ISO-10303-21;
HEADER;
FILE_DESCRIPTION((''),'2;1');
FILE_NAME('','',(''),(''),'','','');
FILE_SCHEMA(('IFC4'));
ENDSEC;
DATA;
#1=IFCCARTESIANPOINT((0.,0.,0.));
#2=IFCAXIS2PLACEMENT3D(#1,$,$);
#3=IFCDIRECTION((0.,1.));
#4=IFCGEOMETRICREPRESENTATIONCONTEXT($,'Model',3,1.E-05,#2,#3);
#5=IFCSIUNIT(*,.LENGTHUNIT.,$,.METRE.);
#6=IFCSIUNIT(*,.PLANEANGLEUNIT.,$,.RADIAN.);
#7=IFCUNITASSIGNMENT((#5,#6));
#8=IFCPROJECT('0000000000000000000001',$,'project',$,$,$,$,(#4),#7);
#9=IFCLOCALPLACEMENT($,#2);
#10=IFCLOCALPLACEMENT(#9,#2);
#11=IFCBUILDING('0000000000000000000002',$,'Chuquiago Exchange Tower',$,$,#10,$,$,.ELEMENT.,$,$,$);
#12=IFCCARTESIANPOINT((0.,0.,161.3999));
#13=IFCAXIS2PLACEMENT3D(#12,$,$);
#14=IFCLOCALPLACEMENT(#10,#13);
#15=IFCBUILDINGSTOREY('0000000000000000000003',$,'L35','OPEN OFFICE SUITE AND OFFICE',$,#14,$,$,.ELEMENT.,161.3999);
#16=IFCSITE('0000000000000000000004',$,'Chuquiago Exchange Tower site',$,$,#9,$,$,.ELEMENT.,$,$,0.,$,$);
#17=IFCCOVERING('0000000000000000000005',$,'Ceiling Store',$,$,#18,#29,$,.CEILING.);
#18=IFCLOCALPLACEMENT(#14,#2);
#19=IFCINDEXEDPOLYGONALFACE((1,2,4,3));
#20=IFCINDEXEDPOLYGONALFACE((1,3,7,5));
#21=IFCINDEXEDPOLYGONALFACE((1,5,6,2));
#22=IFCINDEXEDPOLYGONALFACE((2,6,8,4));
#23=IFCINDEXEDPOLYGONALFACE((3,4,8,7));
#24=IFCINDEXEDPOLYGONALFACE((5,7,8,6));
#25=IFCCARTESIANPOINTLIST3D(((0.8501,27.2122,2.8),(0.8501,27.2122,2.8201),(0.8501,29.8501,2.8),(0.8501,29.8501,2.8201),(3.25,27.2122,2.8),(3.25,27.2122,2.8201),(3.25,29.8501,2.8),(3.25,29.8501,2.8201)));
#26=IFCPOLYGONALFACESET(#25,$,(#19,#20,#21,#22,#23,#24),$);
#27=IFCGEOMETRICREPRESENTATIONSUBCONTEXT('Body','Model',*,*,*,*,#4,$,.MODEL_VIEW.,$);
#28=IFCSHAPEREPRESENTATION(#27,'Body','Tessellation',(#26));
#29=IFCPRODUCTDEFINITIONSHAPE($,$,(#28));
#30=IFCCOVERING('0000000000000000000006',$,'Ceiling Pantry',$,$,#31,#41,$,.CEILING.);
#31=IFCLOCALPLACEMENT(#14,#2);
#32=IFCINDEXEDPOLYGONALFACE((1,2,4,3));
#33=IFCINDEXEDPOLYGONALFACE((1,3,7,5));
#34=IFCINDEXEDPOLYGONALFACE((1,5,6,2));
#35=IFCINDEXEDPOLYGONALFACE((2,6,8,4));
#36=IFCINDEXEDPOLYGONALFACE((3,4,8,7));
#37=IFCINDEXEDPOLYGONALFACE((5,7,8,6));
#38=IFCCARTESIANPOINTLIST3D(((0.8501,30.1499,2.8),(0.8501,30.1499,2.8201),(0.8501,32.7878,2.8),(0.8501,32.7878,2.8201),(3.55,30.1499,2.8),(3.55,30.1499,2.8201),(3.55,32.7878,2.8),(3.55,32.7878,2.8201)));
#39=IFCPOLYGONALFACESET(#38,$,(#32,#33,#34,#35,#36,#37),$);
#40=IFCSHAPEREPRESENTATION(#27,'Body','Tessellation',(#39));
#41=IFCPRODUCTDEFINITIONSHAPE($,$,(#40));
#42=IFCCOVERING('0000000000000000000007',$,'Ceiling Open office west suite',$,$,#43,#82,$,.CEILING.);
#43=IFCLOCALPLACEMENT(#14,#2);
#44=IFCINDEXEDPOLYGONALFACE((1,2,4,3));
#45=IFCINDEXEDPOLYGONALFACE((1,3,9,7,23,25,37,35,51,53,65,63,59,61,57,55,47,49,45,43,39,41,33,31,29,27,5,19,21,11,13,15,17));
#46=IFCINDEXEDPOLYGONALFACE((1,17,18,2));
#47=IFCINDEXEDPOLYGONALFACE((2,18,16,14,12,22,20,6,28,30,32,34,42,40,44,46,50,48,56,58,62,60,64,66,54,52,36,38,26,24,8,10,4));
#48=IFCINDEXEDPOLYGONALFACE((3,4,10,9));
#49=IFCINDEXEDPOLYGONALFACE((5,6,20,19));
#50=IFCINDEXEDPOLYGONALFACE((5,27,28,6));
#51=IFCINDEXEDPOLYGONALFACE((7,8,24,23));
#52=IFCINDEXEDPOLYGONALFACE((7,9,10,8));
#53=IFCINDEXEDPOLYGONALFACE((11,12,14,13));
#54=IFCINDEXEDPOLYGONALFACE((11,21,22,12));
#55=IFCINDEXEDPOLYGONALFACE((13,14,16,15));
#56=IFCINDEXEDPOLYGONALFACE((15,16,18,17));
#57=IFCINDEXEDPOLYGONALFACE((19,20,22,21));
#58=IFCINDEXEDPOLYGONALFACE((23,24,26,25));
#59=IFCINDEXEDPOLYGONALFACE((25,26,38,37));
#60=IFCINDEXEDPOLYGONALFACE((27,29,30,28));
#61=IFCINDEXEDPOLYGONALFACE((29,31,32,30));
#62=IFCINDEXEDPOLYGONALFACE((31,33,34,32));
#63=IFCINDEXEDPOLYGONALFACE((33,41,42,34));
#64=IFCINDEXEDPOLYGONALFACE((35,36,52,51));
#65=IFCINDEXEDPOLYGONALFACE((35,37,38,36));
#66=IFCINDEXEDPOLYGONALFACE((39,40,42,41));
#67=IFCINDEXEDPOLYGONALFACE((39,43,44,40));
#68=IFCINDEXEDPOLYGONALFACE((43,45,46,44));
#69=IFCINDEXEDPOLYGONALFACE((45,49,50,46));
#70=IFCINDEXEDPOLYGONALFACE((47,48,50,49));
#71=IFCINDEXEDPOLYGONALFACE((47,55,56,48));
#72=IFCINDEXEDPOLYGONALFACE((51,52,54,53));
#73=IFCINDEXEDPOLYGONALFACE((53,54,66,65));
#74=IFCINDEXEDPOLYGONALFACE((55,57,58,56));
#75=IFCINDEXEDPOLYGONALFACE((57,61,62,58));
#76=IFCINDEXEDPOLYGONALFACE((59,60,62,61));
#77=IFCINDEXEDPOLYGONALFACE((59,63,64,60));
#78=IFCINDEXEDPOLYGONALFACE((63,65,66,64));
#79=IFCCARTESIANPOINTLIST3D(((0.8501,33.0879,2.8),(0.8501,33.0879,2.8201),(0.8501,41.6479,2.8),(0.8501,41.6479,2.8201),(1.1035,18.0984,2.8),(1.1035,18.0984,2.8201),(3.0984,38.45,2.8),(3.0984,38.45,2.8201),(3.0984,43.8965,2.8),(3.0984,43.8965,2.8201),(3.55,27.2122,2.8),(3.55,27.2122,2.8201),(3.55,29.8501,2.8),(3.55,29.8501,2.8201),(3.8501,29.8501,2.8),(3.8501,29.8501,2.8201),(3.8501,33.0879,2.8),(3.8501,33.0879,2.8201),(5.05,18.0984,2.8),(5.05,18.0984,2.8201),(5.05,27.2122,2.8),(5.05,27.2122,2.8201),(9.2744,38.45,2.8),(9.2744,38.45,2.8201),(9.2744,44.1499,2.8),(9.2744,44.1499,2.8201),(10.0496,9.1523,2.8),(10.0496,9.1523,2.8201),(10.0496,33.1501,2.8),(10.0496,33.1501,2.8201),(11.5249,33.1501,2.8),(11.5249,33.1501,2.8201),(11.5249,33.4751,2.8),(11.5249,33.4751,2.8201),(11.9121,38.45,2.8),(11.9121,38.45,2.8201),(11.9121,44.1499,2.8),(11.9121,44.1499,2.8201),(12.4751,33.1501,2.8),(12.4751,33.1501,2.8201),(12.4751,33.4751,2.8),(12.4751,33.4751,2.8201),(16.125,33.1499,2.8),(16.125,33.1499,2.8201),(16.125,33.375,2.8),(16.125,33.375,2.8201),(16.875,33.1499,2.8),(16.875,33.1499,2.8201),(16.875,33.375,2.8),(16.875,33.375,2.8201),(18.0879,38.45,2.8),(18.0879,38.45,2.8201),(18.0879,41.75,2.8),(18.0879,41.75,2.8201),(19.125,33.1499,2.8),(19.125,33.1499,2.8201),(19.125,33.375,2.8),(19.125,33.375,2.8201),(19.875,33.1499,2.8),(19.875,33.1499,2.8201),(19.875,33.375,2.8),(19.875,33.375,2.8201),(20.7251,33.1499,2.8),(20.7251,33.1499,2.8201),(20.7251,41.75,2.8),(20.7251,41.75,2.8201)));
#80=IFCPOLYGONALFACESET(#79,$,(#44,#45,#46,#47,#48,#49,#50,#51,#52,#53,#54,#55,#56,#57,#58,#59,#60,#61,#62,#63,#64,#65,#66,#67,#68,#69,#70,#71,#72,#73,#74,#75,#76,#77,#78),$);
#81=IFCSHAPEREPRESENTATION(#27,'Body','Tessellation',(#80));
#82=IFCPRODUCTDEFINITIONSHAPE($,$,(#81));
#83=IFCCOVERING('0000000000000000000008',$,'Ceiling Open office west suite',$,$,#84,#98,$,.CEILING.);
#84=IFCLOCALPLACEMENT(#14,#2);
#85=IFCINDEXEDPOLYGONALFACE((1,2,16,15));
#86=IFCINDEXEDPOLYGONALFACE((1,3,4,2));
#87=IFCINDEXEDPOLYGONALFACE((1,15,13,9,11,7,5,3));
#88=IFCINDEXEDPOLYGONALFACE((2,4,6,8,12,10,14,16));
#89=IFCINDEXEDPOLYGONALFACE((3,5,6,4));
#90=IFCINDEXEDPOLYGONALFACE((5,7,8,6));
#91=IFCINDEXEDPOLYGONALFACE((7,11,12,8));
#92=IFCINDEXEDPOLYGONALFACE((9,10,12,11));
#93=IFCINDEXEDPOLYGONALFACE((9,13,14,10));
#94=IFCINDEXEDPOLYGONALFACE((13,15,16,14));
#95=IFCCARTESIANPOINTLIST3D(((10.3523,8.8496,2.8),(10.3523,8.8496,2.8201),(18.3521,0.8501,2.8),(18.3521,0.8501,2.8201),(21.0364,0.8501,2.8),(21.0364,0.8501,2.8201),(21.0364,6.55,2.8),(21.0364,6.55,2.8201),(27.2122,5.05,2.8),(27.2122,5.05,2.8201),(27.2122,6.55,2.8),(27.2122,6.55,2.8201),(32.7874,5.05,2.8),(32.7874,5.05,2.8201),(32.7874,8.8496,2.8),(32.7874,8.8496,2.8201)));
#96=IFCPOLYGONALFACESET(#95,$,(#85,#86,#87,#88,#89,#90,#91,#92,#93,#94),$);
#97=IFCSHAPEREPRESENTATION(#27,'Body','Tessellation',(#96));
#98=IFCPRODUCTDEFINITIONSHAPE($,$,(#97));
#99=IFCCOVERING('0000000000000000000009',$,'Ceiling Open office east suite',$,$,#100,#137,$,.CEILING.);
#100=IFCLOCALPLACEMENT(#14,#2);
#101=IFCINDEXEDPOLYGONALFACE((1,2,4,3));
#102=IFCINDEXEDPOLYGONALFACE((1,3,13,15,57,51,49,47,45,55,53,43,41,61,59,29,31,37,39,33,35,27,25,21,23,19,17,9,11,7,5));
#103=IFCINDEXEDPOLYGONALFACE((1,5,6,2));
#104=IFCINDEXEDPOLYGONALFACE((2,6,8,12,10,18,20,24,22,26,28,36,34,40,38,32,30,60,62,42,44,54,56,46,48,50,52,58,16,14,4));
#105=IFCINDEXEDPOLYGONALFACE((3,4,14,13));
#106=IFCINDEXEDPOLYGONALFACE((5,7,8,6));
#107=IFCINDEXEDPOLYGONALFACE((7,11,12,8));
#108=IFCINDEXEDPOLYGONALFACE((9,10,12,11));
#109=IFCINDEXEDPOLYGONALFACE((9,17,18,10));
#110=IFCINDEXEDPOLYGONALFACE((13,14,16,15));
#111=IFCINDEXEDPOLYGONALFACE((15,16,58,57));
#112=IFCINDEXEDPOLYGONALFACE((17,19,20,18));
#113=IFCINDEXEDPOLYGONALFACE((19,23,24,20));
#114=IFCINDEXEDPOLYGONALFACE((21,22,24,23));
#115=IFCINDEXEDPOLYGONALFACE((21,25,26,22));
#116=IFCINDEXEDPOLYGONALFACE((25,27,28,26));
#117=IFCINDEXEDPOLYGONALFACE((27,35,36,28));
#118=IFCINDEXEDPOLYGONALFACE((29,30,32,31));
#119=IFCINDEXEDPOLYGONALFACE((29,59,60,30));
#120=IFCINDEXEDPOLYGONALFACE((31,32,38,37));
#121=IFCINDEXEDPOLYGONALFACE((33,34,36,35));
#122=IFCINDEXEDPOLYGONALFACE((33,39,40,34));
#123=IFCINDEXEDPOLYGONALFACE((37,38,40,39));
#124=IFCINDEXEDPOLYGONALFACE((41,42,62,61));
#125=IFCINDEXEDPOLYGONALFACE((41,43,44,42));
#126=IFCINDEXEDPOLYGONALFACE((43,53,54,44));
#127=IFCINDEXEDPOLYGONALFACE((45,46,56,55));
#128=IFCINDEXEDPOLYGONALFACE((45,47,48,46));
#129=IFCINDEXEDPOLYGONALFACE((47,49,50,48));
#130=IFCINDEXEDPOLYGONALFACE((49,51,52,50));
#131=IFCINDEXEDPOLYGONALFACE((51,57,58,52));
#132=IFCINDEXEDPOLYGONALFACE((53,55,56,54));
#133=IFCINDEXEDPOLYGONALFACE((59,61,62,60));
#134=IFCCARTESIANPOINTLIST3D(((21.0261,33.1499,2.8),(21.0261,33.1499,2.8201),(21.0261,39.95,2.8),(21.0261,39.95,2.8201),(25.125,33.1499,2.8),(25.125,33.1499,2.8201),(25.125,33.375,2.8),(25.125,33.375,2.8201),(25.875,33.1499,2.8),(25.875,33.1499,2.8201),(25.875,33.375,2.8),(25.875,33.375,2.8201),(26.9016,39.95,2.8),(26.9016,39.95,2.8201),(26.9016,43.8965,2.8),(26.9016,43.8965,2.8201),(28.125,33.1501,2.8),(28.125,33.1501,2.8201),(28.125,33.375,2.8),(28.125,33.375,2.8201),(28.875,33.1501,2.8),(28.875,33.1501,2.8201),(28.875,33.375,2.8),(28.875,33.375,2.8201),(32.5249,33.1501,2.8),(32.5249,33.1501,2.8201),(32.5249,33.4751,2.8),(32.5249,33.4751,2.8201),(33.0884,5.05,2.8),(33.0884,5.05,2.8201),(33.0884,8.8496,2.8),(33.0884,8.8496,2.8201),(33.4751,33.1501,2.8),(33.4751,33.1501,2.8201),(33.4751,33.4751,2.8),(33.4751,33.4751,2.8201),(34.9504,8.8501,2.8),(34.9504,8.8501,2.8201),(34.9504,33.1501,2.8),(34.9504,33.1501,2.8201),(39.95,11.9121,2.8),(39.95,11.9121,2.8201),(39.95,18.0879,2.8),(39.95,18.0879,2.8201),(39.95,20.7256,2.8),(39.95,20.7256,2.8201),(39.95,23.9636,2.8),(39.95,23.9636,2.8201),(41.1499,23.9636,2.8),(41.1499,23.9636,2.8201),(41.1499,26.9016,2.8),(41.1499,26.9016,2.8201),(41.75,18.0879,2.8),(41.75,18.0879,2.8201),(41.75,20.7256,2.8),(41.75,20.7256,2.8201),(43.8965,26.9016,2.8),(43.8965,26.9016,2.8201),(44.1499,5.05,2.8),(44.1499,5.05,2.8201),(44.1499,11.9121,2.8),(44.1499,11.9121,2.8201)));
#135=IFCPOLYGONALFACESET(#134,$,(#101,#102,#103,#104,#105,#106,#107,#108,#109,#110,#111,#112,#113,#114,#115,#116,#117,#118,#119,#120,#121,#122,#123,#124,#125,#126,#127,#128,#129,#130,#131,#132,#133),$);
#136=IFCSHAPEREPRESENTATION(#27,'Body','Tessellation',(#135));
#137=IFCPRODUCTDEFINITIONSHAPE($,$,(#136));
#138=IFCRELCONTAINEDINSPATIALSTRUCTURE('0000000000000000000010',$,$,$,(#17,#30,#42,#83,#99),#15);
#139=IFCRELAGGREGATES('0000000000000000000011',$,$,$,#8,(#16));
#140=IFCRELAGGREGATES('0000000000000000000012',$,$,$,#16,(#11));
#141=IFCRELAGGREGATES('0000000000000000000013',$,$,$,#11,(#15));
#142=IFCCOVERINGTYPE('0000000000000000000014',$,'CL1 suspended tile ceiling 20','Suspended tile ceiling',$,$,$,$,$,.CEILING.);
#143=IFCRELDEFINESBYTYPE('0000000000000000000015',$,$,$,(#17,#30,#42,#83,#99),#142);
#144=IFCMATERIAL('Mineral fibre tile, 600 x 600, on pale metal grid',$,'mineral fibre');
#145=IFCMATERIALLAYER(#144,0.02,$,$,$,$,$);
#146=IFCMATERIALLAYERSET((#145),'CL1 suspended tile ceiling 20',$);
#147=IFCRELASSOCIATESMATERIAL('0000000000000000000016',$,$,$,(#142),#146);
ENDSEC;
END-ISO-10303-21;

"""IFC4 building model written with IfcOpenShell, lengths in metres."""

from ifc_helpers import new_model, si_unit, direction, frame, origin, place, context, subcontext, project, spatial, polyline, outline, extrude, material, layer, layer_set, type_object, element, save


model = new_model("IFC4")

# Units and contexts
model_context = context("Model", 3, precision=1e-05, world=origin(), true_north=direction((0.0, 1.0)))
body_context = subcontext(model_context, "Body", "Model", "MODEL_VIEW")
ifc_project = project(units=[si_unit("LENGTHUNIT", "METRE"), si_unit("PLANEANGLEUNIT", "RADIAN")], contexts=[model_context])

# Site, building, storey
site_placement = place(None, origin())
site = spatial("IfcSite", under=ifc_project, at=site_placement, Name="Chuquiago Exchange Tower site", CompositionType="ELEMENT", RefElevation=0.0)
building_placement = place(site_placement, origin())
building = spatial("IfcBuilding", under=site, at=building_placement, Name="Chuquiago Exchange Tower", CompositionType="ELEMENT")
storey_placement = place(building_placement, frame((0.0, 0.0, 161.3999)))
storey = spatial("IfcBuildingStorey", under=building, at=storey_placement, Name="L35", Description="OPEN OFFICE SUITE AND OFFICE", CompositionType="ELEMENT", Elevation=161.3999)

# Coverings
ifc_material_1 = material(Name="Mineral fibre tile, 600 x 600, on pale metal grid", Category="mineral fibre")
ifc_layer_1 = layer(ifc_material_1, 0.02)
ifc_layer_set_1 = layer_set([ifc_layer_1], Name="CL1 suspended tile ceiling 20")
covering_type_1 = type_object("IfcCoveringType", Name="CL1 suspended tile ceiling 20", Description="Suspended tile ceiling", PredefinedType="CEILING", material=ifc_layer_set_1)
covering_1_placement = place(storey_placement, frame((0.0, 0.0, 2.8)))
element("IfcCovering", 1, at=covering_1_placement, inside=storey, type_object=covering_type_1, Name="Ceiling Store", PredefinedType="CEILING", context=body_context, shape_type="SweptSolid", body=[
    extrude(outline(polyline([(3.25, 29.8501), (3.25, 27.2122), (0.8501, 27.2122), (0.8501, 29.8501), (3.25, 29.8501)])), origin(), (0.0, 0.0, 1.0), 0.02),
])
covering_2_placement = place(storey_placement, frame((0.0, 0.0, 2.8)))
element("IfcCovering", 2, at=covering_2_placement, inside=storey, type_object=covering_type_1, Name="Ceiling Pantry", PredefinedType="CEILING", context=body_context, shape_type="SweptSolid", body=[
    extrude(outline(polyline([(3.55, 32.7878), (3.55, 30.1499), (0.8501, 30.1499), (0.8501, 32.7878), (3.55, 32.7878)])), origin(), (0.0, 0.0, 1.0), 0.02),
])
covering_3_placement = place(storey_placement, frame((0.0, 0.0, 2.8)))
element("IfcCovering", 3, at=covering_3_placement, inside=storey, type_object=covering_type_1, Name="Ceiling Open office west suite", PredefinedType="CEILING", context=body_context, shape_type="SweptSolid", body=[
    extrude(outline(polyline([(3.0984, 38.45), (9.2744, 38.45), (9.2744, 44.1499), (11.9121, 44.1499), (11.9121, 38.45), (18.0879, 38.45), (18.0879, 41.75), (20.7251, 41.75), (20.7251, 33.1499), (19.875, 33.1499), (19.875, 33.375), (19.125, 33.375), (19.125, 33.1499), (16.875, 33.1499), (16.875, 33.375), (16.125, 33.375), (16.125, 33.1499), (12.4751, 33.1501), (12.4751, 33.4751), (11.5249, 33.4751), (11.5249, 33.1501), (10.0496, 33.1501), (10.0496, 9.1523), (1.1035, 18.0984), (5.05, 18.0984), (5.05, 27.2122), (3.55, 27.2122), (3.55, 29.8501), (3.8501, 29.8501), (3.8501, 33.0879), (0.8501, 33.0879), (0.8501, 41.6479), (3.0984, 43.8965), (3.0984, 38.45)])), origin(), (0.0, 0.0, 1.0), 0.02),
])
covering_4_placement = place(storey_placement, frame((0.0, 0.0, 2.8)))
element("IfcCovering", 4, at=covering_4_placement, inside=storey, type_object=covering_type_1, Name="Ceiling Open office west suite", PredefinedType="CEILING", context=body_context, shape_type="SweptSolid", body=[
    extrude(outline(polyline([(32.7874, 8.8496), (32.7874, 5.05), (27.2122, 5.05), (27.2122, 6.55), (21.0364, 6.55), (21.0364, 0.8501), (18.3521, 0.8501), (10.3523, 8.8496), (32.7874, 8.8496)])), origin(), (0.0, 0.0, 1.0), 0.02),
])
covering_5_placement = place(storey_placement, frame((0.0, 0.0, 2.8)))
element("IfcCovering", 5, at=covering_5_placement, inside=storey, type_object=covering_type_1, Name="Ceiling Open office east suite", PredefinedType="CEILING", context=body_context, shape_type="SweptSolid", body=[
    extrude(outline(polyline([(26.9016, 39.95), (26.9016, 43.8965), (43.8965, 26.9016), (41.1499, 26.9016), (41.1499, 23.9636), (39.95, 23.9636), (39.95, 20.7256), (41.75, 20.7256), (41.75, 18.0879), (39.95, 18.0879), (39.95, 11.9121), (44.1499, 11.9121), (44.1499, 5.05), (33.0884, 5.05), (33.0884, 8.8496), (34.9504, 8.8501), (34.9504, 33.1501), (33.4751, 33.1501), (33.4751, 33.4751), (32.5249, 33.4751), (32.5249, 33.1501), (28.875, 33.1501), (28.875, 33.375), (28.125, 33.375), (28.125, 33.1501), (25.875, 33.1499), (25.875, 33.375), (25.125, 33.375), (25.125, 33.1499), (21.0261, 33.1499), (21.0261, 39.95), (26.9016, 39.95)])), origin(), (0.0, 0.0, 1.0), 0.02),
])

save(model, "model.ifc")
